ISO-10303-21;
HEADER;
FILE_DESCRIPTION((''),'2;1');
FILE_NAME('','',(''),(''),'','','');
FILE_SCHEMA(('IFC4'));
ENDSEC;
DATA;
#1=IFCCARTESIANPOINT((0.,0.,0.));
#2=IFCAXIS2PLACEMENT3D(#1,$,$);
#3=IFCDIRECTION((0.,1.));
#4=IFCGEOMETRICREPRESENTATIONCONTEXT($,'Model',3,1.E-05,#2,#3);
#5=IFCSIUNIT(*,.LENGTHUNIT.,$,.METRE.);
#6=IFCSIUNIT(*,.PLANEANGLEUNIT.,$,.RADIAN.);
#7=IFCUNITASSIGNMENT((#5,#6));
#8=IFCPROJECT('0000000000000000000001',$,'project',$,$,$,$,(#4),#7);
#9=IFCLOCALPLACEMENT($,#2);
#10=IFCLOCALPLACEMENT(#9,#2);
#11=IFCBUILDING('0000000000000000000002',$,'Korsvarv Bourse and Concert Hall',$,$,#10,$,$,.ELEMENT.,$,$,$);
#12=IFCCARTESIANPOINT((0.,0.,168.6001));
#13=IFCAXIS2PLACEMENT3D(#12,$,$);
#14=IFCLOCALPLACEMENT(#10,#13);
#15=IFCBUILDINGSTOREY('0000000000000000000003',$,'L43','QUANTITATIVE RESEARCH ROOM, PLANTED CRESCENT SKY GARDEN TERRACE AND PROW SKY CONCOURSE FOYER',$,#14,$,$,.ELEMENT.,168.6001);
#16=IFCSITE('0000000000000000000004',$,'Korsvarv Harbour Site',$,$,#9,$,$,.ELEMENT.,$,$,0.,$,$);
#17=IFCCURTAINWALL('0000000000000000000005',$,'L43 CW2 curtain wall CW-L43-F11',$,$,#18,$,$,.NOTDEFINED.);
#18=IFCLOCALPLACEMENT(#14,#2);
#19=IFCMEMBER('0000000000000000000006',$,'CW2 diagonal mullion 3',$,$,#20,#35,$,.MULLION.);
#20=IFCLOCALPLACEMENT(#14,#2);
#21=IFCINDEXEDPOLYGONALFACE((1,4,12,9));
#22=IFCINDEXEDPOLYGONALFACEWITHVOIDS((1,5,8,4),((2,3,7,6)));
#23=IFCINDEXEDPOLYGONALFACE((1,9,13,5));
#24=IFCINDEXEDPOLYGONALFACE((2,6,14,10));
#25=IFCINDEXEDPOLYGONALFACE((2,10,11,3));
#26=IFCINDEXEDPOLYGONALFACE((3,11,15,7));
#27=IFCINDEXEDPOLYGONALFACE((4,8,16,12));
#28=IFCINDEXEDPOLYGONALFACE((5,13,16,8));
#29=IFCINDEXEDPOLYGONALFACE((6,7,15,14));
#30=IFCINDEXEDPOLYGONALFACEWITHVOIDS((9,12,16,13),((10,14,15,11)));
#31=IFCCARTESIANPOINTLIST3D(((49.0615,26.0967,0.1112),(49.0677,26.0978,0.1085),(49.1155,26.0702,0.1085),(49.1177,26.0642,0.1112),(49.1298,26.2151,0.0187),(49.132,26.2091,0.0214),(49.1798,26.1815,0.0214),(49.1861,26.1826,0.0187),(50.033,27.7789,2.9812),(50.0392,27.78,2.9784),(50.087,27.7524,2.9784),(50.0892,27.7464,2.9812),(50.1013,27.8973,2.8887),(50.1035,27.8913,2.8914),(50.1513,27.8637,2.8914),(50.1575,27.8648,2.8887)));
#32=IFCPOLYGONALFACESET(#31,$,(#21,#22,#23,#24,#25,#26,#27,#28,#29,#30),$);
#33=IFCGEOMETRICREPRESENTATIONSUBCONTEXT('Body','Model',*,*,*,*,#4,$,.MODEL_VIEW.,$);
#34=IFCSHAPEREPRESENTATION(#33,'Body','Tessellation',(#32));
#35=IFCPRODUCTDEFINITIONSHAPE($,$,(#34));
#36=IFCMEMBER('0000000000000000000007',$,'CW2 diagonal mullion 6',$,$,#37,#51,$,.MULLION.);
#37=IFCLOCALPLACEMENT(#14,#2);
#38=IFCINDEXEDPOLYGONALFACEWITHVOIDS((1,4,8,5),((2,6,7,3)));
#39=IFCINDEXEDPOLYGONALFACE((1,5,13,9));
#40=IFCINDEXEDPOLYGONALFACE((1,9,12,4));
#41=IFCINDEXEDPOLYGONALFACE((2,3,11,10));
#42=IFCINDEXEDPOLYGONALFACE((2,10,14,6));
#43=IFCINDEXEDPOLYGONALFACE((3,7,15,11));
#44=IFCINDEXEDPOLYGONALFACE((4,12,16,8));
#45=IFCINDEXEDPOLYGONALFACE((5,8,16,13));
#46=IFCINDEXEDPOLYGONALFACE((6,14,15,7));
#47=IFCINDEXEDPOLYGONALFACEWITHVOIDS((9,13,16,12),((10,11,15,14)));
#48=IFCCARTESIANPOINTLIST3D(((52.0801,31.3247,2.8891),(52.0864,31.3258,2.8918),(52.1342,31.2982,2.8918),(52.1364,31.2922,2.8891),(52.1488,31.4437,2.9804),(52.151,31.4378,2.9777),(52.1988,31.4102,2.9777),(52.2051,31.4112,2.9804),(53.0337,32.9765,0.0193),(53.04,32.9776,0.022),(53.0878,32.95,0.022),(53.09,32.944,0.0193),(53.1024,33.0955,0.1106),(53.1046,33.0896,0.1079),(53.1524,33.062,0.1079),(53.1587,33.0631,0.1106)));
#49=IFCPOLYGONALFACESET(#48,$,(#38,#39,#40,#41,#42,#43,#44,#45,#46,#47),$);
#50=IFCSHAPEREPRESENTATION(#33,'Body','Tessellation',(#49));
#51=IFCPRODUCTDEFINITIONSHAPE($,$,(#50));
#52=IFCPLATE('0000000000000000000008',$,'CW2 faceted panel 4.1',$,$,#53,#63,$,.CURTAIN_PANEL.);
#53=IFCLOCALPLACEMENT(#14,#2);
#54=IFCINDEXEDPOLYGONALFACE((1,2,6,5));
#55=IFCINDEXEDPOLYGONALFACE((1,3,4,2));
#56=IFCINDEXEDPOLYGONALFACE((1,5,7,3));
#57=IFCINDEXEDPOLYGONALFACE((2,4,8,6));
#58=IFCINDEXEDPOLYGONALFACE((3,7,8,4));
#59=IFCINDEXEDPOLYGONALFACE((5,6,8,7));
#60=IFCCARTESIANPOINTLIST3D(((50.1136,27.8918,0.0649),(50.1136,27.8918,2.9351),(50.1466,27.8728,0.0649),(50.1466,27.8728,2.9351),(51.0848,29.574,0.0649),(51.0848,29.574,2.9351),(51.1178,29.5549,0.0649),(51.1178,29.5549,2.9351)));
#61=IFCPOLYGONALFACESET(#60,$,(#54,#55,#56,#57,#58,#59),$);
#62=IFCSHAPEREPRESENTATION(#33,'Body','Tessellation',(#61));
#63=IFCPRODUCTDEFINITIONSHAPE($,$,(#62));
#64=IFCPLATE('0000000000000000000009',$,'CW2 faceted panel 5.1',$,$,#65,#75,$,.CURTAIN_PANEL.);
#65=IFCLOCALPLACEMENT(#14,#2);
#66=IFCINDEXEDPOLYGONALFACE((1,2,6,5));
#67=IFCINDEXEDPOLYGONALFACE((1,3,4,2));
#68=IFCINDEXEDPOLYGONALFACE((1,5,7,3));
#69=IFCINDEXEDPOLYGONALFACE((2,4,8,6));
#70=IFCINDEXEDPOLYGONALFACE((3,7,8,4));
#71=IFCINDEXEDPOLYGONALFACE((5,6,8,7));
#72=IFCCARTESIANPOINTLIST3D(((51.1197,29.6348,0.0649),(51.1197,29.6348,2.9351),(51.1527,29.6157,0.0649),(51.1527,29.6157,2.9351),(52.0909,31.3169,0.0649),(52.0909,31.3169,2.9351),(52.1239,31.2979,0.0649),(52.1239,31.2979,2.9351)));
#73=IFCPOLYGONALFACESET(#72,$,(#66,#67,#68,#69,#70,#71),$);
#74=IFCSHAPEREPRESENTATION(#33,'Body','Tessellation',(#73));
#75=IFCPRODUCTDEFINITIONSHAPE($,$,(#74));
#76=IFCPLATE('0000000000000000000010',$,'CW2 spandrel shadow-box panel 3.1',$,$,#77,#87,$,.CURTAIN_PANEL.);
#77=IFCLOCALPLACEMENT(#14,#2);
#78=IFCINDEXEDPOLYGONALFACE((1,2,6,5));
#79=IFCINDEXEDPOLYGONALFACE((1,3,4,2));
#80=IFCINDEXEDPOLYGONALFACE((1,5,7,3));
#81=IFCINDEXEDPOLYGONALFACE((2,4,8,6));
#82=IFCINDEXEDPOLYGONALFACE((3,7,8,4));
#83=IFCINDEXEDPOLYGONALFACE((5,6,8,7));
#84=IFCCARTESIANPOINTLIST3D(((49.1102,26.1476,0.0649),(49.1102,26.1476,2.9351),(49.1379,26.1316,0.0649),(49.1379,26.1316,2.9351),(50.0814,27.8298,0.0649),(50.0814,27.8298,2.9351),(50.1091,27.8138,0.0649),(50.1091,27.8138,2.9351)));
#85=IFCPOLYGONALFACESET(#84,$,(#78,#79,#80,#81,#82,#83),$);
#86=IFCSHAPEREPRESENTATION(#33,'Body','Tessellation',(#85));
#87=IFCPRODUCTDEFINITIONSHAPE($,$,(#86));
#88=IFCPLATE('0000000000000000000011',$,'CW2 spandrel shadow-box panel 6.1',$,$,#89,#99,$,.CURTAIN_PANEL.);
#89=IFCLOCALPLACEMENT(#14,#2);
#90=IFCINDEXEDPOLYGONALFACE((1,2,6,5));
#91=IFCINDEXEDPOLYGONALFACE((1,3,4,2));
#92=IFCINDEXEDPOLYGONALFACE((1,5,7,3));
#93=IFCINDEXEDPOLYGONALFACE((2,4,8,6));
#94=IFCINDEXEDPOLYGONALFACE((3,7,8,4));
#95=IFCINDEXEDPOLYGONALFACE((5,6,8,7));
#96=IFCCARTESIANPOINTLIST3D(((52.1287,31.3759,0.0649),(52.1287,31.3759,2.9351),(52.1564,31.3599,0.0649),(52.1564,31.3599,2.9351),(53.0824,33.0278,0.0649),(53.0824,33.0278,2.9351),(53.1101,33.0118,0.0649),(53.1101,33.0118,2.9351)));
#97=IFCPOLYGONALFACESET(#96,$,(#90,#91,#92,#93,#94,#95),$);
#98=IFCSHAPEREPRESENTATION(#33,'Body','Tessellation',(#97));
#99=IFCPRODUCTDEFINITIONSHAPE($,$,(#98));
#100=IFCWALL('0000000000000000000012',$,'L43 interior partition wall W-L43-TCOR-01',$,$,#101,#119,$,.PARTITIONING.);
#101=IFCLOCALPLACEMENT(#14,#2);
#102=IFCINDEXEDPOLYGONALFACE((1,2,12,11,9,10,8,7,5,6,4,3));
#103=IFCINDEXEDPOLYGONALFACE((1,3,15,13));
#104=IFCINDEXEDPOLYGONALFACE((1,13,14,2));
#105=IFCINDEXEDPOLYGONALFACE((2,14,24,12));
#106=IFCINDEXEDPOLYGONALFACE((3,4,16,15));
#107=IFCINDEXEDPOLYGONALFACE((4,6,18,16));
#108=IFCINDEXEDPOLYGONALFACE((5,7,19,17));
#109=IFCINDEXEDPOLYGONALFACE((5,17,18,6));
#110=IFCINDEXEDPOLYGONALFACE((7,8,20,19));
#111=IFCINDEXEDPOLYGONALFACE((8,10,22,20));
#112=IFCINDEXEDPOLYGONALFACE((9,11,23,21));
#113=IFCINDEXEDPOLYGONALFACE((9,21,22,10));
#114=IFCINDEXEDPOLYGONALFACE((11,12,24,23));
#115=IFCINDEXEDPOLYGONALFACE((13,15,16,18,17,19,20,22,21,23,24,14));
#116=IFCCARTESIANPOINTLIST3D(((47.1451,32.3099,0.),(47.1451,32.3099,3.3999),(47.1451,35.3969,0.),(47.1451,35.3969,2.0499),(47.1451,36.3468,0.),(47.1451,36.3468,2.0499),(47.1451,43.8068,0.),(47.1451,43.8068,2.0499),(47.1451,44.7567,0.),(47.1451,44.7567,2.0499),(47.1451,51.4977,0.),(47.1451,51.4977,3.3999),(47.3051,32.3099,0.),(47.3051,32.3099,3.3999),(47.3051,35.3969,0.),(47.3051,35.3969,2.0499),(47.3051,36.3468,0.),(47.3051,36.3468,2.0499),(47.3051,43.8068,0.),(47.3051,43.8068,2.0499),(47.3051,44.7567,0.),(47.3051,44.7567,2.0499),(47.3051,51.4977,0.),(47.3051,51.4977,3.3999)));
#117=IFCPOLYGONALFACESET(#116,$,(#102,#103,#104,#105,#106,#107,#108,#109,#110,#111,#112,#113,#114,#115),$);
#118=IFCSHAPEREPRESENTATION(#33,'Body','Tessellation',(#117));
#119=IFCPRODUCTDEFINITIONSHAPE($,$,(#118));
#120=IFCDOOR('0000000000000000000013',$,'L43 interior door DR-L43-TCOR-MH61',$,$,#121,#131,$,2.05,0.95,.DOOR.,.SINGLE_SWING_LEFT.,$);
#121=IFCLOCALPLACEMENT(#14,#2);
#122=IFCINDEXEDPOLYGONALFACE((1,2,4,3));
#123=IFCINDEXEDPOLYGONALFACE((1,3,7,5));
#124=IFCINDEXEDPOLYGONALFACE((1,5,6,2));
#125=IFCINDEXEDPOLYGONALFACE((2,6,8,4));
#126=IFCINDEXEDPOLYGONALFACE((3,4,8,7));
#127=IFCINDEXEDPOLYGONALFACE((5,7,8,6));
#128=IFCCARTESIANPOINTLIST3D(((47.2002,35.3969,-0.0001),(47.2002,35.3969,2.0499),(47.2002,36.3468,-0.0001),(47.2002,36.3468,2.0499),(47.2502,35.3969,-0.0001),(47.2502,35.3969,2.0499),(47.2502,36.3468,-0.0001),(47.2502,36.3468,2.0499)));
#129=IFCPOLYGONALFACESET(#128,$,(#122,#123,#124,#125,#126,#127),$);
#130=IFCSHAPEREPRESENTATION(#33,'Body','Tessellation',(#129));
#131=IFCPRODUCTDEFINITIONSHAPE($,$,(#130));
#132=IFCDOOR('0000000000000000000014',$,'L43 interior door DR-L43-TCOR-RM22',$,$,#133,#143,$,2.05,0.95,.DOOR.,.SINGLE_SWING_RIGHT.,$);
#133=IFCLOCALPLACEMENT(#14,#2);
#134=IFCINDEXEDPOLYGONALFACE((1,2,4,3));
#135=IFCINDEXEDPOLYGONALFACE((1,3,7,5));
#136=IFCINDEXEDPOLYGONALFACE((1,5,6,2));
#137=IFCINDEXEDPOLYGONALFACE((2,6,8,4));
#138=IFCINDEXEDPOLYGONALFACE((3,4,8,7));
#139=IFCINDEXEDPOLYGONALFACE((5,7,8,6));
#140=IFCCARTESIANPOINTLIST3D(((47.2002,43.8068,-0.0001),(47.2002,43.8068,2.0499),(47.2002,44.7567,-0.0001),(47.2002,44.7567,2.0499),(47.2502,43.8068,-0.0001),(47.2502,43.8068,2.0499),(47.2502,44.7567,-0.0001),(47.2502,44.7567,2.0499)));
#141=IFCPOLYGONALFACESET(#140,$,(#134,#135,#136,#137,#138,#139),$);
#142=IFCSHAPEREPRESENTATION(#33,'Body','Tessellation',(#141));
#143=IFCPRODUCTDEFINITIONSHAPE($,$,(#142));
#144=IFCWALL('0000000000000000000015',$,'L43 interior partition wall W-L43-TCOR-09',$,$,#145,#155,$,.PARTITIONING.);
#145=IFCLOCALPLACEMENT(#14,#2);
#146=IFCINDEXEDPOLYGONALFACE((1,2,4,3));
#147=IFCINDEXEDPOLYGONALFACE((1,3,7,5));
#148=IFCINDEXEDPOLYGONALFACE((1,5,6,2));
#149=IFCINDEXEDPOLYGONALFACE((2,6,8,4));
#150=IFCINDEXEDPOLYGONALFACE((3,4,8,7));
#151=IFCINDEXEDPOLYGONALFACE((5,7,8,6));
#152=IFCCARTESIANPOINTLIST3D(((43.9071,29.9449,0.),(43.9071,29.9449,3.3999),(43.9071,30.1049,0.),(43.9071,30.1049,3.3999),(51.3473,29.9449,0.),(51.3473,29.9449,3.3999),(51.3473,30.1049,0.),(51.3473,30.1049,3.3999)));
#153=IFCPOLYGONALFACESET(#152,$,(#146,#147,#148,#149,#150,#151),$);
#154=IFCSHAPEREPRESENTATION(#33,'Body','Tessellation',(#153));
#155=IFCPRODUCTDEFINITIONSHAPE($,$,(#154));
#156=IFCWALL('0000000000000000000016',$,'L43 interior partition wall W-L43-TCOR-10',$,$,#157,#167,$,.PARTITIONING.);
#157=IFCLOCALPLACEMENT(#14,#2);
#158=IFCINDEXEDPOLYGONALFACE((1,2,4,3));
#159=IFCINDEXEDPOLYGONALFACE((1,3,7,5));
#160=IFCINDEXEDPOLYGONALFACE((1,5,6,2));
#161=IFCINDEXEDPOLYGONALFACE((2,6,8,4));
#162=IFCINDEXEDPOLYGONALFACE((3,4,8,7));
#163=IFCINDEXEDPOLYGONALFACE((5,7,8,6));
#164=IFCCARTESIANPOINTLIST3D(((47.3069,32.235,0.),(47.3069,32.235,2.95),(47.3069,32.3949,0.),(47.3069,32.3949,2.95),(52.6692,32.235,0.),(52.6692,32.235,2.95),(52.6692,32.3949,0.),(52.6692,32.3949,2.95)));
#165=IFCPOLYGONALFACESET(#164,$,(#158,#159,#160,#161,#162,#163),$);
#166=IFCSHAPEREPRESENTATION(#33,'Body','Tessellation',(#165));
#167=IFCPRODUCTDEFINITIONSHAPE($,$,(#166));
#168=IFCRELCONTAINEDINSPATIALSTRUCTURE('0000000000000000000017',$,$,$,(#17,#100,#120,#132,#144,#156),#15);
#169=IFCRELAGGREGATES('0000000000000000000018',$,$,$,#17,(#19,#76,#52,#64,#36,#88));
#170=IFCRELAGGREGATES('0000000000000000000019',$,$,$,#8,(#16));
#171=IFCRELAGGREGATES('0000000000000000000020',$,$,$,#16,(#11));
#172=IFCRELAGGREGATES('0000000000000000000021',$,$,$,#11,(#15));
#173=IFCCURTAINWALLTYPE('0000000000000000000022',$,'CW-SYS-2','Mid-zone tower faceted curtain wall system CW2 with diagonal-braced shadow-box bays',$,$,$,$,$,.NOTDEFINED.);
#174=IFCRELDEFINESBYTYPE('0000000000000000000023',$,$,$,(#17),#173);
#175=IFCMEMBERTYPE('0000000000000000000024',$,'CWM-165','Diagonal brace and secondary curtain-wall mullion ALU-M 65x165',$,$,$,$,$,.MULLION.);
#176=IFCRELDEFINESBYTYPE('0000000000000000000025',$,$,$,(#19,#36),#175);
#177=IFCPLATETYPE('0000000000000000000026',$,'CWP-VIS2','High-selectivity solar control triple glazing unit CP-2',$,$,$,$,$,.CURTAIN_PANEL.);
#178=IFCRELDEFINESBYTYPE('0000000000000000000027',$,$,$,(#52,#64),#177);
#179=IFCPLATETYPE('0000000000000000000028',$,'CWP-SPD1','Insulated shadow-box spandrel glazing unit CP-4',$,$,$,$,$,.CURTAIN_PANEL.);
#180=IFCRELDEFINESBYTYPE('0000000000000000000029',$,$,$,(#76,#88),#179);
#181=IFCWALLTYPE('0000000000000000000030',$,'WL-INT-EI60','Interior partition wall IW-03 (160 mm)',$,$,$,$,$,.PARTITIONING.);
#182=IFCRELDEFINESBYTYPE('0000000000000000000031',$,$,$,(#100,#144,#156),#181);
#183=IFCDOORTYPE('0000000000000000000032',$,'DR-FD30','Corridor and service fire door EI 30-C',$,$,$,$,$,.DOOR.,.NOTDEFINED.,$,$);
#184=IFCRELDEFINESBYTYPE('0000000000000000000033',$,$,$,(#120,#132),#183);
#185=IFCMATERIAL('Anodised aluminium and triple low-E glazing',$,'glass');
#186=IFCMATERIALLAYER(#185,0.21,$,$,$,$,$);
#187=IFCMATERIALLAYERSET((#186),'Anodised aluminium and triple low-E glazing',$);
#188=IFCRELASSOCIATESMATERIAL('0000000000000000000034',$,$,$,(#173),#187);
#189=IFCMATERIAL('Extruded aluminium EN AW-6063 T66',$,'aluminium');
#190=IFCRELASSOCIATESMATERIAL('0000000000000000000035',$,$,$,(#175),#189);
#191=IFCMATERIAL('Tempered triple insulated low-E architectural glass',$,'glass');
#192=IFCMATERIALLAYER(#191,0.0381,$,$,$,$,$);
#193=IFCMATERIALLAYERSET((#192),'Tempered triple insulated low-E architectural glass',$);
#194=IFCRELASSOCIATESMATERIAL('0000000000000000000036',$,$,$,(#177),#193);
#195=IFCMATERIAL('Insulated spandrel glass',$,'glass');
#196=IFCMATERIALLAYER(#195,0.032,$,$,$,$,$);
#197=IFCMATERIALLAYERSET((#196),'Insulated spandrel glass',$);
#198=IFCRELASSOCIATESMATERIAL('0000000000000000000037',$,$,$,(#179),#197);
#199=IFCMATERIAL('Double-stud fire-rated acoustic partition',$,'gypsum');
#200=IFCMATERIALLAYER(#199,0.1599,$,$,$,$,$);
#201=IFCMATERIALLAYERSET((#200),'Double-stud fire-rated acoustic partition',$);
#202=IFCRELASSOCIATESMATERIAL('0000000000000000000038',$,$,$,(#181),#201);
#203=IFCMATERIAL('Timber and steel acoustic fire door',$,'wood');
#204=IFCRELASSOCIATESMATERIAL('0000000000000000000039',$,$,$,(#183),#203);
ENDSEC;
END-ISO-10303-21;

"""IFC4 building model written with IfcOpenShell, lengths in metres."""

from ifc_helpers import new_model, si_unit, direction, frame, frame_2d, origin, origin_2d, place, context, subcontext, project, spatial, rectangle, hollow_rectangle, extrude, source, transform, mapped, material, layer, layer_set, material_profile, profile_set, type_object, element, fill, aggregate, save


model = new_model("IFC4")

# Units and contexts
model_context = context("Model", 3, precision=1e-05, world=origin(), true_north=direction((0.0, 1.0)))
body_context = subcontext(model_context, "Body", "Model", "MODEL_VIEW")
ifc_project = project(units=[si_unit("LENGTHUNIT", "METRE"), si_unit("PLANEANGLEUNIT", "RADIAN")], contexts=[model_context])

# Site, building, storey
site_placement = place(None, origin())
site = spatial("IfcSite", under=ifc_project, at=site_placement, Name="Korsvarv Harbour Site", CompositionType="ELEMENT", RefElevation=0.0)
building_placement = place(site_placement, origin())
building = spatial("IfcBuilding", under=site, at=building_placement, Name="Korsvarv Bourse and Concert Hall", CompositionType="ELEMENT")
storey_placement = place(building_placement, frame((0.0, 0.0, 168.6001)))
storey = spatial("IfcBuildingStorey", under=building, at=storey_placement, Name="L43", Description="QUANTITATIVE RESEARCH ROOM, PLANTED CRESCENT SKY GARDEN TERRACE AND PROW SKY CONCOURSE FOYER", CompositionType="ELEMENT", Elevation=168.6001)

# Curtain wall, members, plates
ifc_material_1 = material(Name="Anodised aluminium and triple low-E glazing", Category="glass")
ifc_layer_1 = layer(ifc_material_1, 0.21)
ifc_layer_set_1 = layer_set([ifc_layer_1], Name="Anodised aluminium and triple low-E glazing")
curtain_wall_type = type_object("IfcCurtainWallType", Name="CW-SYS-2", Description="Mid-zone tower faceted curtain wall system CW2 with diagonal-braced shadow-box bays", PredefinedType="NOTDEFINED", material=ifc_layer_set_1)
curtain_wall_placement = place(storey_placement, origin())
curtain_wall = element("IfcCurtainWall", 1, at=curtain_wall_placement, inside=storey, type_object=curtain_wall_type, Name="L43 CW2 curtain wall CW-L43-F11", PredefinedType="NOTDEFINED")
ifc_material_2 = material(Name="Extruded aluminium EN AW-6063 T66", Category="aluminium")
ifc_material_profile_1 = material_profile(ifc_material_2, hollow_rectangle(XDim=0.0649, YDim=0.165, WallThickness=0.0049, at=origin_2d()), Name="ALU-M 65x165")
ifc_profile_set_1 = profile_set([ifc_material_profile_1], Name="Extruded aluminium EN AW-6063 T66")
member_type_1 = type_object("IfcMemberType", Name="CWM-165", Description="Diagonal brace and secondary curtain-wall mullion ALU-M 65x165", PredefinedType="MULLION", material=ifc_profile_set_1)
shared_shape_1 = source(origin(), body_context, "Body", "SweptSolid", [
    extrude(hollow_rectangle(XDim=0.0649, YDim=0.165, WallThickness=0.0049, at=origin_2d()), origin(), (0.0, 0.0, 1.0), 3.4656),
])
member_1_placement = place(storey_placement, frame((49.1238, 26.1396, 0.0649), z_axis=(0.280319, 0.485398, 0.828136), x_axis=(-0.865968, 0.5001, 0.0)))
member_1 = element("IfcMember", 2, at=member_1_placement, type_object=member_type_1, Name="CW2 diagonal mullion 3", PredefinedType="MULLION", context=body_context, shape_type="MappedRepresentation", body=[
    mapped(shared_shape_1, transform((0.0, 0.0, 0.0), scale=1.0)),
])
shared_shape_2 = source(origin(), body_context, "Body", "SweptSolid", [
    extrude(hollow_rectangle(XDim=0.0649, YDim=0.165, WallThickness=0.0049, at=origin_2d()), origin(), (0.0, 0.0, 1.0), 3.4458),
])
member_2_placement = place(storey_placement, frame((53.0962, 33.0198, 0.0649), z_axis=(-0.276739, -0.479369, 0.832839), x_axis=(0.866045, -0.499966, 0.0)))
member_2 = element("IfcMember", 3, at=member_2_placement, type_object=member_type_1, Name="CW2 diagonal mullion 6", PredefinedType="MULLION", context=body_context, shape_type="MappedRepresentation", body=[
    mapped(shared_shape_2, transform((0.0, 0.0, 0.0), scale=1.0)),
])
ifc_material_3 = material(Name="Tempered triple insulated low-E architectural glass", Category="glass")
ifc_layer_2 = layer(ifc_material_3, 0.0381)
ifc_layer_set_2 = layer_set([ifc_layer_2], Name="Tempered triple insulated low-E architectural glass")
plate_type_1 = type_object("IfcPlateType", Name="CWP-VIS2", Description="High-selectivity solar control triple glazing unit CP-2", PredefinedType="CURTAIN_PANEL", material=ifc_layer_set_2)
shared_shape_3 = source(origin(), body_context, "Body", "SweptSolid", [
    extrude(rectangle(XDim=1.9424, YDim=0.0381, at=origin_2d()), origin(), (0.0, 0.0, 1.0), 2.8701),
])
plate_1_placement = place(storey_placement, frame((50.6157, 28.7234, 0.0649), z_axis=(0.0, 0.0, 1.0), x_axis=(0.500005, 0.866023, 0.0)))
plate_1 = element("IfcPlate", 4, at=plate_1_placement, type_object=plate_type_1, Name="CW2 faceted panel 4.1", PredefinedType="CURTAIN_PANEL", context=body_context, shape_type="MappedRepresentation", body=[
    mapped(shared_shape_3, transform((0.0, 0.0, 0.0), scale=1.0)),
])
plate_2_placement = place(storey_placement, frame((51.6218, 30.4663, 0.0649), z_axis=(0.0, 0.0, 1.0), x_axis=(0.500005, 0.866023, 0.0)))
plate_2 = element("IfcPlate", 5, at=plate_2_placement, type_object=plate_type_1, Name="CW2 faceted panel 5.1", PredefinedType="CURTAIN_PANEL", context=body_context, shape_type="MappedRepresentation", body=[
    mapped(shared_shape_3, transform((0.0, 0.0, 0.0), scale=1.0)),
])
ifc_material_4 = material(Name="Insulated spandrel glass", Category="glass")
ifc_layer_3 = layer(ifc_material_4, 0.032)
ifc_layer_set_3 = layer_set([ifc_layer_3], Name="Insulated spandrel glass")
plate_type_2 = type_object("IfcPlateType", Name="CWP-SPD1", Description="Insulated shadow-box spandrel glazing unit CP-4", PredefinedType="CURTAIN_PANEL", material=ifc_layer_set_3)
shared_shape_4 = source(origin(), body_context, "Body", "SweptSolid", [
    extrude(rectangle(XDim=1.9424, YDim=0.032, at=origin_2d()), origin(), (0.0, 0.0, 1.0), 2.8701),
])
plate_3_placement = place(storey_placement, frame((49.6096, 26.9807, 0.0649), z_axis=(0.0, 0.0, 1.0), x_axis=(0.500005, 0.866023, 0.0)))
plate_3 = element("IfcPlate", 6, at=plate_3_placement, type_object=plate_type_2, Name="CW2 spandrel shadow-box panel 3.1", PredefinedType="CURTAIN_PANEL", context=body_context, shape_type="MappedRepresentation", body=[
    mapped(shared_shape_4, transform((0.0, 0.0, 0.0), scale=1.0)),
])
shared_shape_5 = source(origin(), body_context, "Body", "SweptSolid", [
    extrude(rectangle(XDim=1.9075, YDim=0.032, at=origin_2d()), origin(), (0.0, 0.0, 1.0), 2.8701),
])
plate_4_placement = place(storey_placement, frame((52.6194, 32.1938, 0.0649), z_axis=(0.0, 0.0, 1.0), x_axis=(0.500005, 0.866023, 0.0)))
plate_4 = element("IfcPlate", 7, at=plate_4_placement, type_object=plate_type_2, Name="CW2 spandrel shadow-box panel 6.1", PredefinedType="CURTAIN_PANEL", context=body_context, shape_type="MappedRepresentation", body=[
    mapped(shared_shape_5, transform((0.0, 0.0, 0.0), scale=1.0)),
])
aggregate(curtain_wall, [member_1, plate_3, plate_1, plate_2, member_2, plate_4])

# Wall, openings, doors
ifc_material_5 = material(Name="Double-stud fire-rated acoustic partition", Category="gypsum")
ifc_layer_4 = layer(ifc_material_5, 0.1599)
ifc_layer_set_4 = layer_set([ifc_layer_4], Name="Double-stud fire-rated acoustic partition")
wall_type_1 = type_object("IfcWallType", Name="WL-INT-EI60", Description="Interior partition wall IW-03 (160 mm)", PredefinedType="PARTITIONING", material=ifc_layer_set_4)
wall_1_placement = place(storey_placement, frame((47.2251, 32.3101, 0.0), z_axis=(0.0, 0.0, 1.0), x_axis=(0.0, 1.0, 0.0)))
wall_1 = element("IfcWall", 8, at=wall_1_placement, inside=storey, type_object=wall_type_1, Name="L43 interior partition wall W-L43-TCOR-01", PredefinedType="PARTITIONING", context=body_context, shape_type="SweptSolid", body=[
    extrude(rectangle(XDim=19.1877, YDim=0.1599, at=frame_2d((9.5938, 0.0))), origin(), (0.0, 0.0, 1.0), 3.3999),
])
opening_1_placement = place(wall_1_placement, frame((3.0867, 0.0, 0.0)))
opening_1 = element("IfcOpeningElement", 9, at=opening_1_placement, cuts=wall_1, PredefinedType="OPENING", context=body_context, shape_type="SweptSolid", body=[
    extrude(rectangle(XDim=0.95, YDim=2.05, at=frame_2d((0.4751, 1.0249))), frame((0.0, 0.0898, 0.0), z_axis=(0.0, -1.0, 0.0), x_axis=(1.0, 0.0, 0.0)), (0.0, 0.0, 1.0), 0.1799),
])
opening_2_placement = place(wall_1_placement, frame((11.4966, 0.0, 0.0)))
opening_2 = element("IfcOpeningElement", 10, at=opening_2_placement, cuts=wall_1, PredefinedType="OPENING", context=body_context, shape_type="SweptSolid", body=[
    extrude(rectangle(XDim=0.95, YDim=2.05, at=frame_2d((0.4751, 1.0249))), frame((0.0, 0.0898, 0.0), z_axis=(0.0, -1.0, 0.0), x_axis=(1.0, 0.0, 0.0)), (0.0, 0.0, 1.0), 0.1799),
])
ifc_material_6 = material(Name="Timber and steel acoustic fire door", Category="wood")
door_type = type_object("IfcDoorType", Name="DR-FD30", Description="Corridor and service fire door EI 30-C", OperationType="NOTDEFINED", PredefinedType="DOOR", material=ifc_material_6)
door_1_placement = place(opening_1_placement, origin())
door_1 = element("IfcDoor", 11, at=door_1_placement, inside=storey, type_object=door_type, Name="L43 interior door DR-L43-TCOR-MH61", OperationType="SINGLE_SWING_LEFT", OverallHeight=2.05, OverallWidth=0.95, PredefinedType="DOOR", context=body_context, shape_type="SweptSolid", body=[
    extrude(rectangle(XDim=0.95, YDim=2.05, at=frame_2d((0.4751, 1.0249))), frame((0.0, 0.0249, 0.0), z_axis=(0.0, -1.0, 0.0), x_axis=(1.0, 0.0, 0.0)), (0.0, 0.0, 1.0), 0.05),
])
fill(opening_1, door_1)
door_2_placement = place(opening_2_placement, origin())
door_2 = element("IfcDoor", 12, at=door_2_placement, inside=storey, type_object=door_type, Name="L43 interior door DR-L43-TCOR-RM22", OperationType="SINGLE_SWING_RIGHT", OverallHeight=2.05, OverallWidth=0.95, PredefinedType="DOOR", context=body_context, shape_type="SweptSolid", body=[
    extrude(rectangle(XDim=0.95, YDim=2.05, at=frame_2d((0.4751, 1.0249))), frame((0.0, 0.0249, 0.0), z_axis=(0.0, -1.0, 0.0), x_axis=(1.0, 0.0, 0.0)), (0.0, 0.0, 1.0), 0.05),
])
fill(opening_2, door_2)

# Walls
wall_2_placement = place(storey_placement, frame((43.907, 30.0249, 0.0), z_axis=(0.0, 0.0, 1.0), x_axis=(1.0, 0.0, 0.0)))
element("IfcWall", 13, at=wall_2_placement, inside=storey, type_object=wall_type_1, Name="L43 interior partition wall W-L43-TCOR-09", PredefinedType="PARTITIONING", context=body_context, shape_type="SweptSolid", body=[
    extrude(rectangle(XDim=7.4402, YDim=0.1599, at=frame_2d((3.7202, 0.0))), origin(), (0.0, 0.0, 1.0), 3.3999),
])
wall_3_placement = place(storey_placement, frame((47.3069, 32.3149, 0.0), z_axis=(0.0, 0.0, 1.0), x_axis=(1.0, 0.0, 0.0)))
element("IfcWall", 14, at=wall_3_placement, inside=storey, type_object=wall_type_1, Name="L43 interior partition wall W-L43-TCOR-10", PredefinedType="PARTITIONING", context=body_context, shape_type="SweptSolid", body=[
    extrude(rectangle(XDim=5.3623, YDim=0.1599, at=frame_2d((2.6812, 0.0))), origin(), (0.0, 0.0, 1.0), 2.95),
])

save(model, "model.ifc")
